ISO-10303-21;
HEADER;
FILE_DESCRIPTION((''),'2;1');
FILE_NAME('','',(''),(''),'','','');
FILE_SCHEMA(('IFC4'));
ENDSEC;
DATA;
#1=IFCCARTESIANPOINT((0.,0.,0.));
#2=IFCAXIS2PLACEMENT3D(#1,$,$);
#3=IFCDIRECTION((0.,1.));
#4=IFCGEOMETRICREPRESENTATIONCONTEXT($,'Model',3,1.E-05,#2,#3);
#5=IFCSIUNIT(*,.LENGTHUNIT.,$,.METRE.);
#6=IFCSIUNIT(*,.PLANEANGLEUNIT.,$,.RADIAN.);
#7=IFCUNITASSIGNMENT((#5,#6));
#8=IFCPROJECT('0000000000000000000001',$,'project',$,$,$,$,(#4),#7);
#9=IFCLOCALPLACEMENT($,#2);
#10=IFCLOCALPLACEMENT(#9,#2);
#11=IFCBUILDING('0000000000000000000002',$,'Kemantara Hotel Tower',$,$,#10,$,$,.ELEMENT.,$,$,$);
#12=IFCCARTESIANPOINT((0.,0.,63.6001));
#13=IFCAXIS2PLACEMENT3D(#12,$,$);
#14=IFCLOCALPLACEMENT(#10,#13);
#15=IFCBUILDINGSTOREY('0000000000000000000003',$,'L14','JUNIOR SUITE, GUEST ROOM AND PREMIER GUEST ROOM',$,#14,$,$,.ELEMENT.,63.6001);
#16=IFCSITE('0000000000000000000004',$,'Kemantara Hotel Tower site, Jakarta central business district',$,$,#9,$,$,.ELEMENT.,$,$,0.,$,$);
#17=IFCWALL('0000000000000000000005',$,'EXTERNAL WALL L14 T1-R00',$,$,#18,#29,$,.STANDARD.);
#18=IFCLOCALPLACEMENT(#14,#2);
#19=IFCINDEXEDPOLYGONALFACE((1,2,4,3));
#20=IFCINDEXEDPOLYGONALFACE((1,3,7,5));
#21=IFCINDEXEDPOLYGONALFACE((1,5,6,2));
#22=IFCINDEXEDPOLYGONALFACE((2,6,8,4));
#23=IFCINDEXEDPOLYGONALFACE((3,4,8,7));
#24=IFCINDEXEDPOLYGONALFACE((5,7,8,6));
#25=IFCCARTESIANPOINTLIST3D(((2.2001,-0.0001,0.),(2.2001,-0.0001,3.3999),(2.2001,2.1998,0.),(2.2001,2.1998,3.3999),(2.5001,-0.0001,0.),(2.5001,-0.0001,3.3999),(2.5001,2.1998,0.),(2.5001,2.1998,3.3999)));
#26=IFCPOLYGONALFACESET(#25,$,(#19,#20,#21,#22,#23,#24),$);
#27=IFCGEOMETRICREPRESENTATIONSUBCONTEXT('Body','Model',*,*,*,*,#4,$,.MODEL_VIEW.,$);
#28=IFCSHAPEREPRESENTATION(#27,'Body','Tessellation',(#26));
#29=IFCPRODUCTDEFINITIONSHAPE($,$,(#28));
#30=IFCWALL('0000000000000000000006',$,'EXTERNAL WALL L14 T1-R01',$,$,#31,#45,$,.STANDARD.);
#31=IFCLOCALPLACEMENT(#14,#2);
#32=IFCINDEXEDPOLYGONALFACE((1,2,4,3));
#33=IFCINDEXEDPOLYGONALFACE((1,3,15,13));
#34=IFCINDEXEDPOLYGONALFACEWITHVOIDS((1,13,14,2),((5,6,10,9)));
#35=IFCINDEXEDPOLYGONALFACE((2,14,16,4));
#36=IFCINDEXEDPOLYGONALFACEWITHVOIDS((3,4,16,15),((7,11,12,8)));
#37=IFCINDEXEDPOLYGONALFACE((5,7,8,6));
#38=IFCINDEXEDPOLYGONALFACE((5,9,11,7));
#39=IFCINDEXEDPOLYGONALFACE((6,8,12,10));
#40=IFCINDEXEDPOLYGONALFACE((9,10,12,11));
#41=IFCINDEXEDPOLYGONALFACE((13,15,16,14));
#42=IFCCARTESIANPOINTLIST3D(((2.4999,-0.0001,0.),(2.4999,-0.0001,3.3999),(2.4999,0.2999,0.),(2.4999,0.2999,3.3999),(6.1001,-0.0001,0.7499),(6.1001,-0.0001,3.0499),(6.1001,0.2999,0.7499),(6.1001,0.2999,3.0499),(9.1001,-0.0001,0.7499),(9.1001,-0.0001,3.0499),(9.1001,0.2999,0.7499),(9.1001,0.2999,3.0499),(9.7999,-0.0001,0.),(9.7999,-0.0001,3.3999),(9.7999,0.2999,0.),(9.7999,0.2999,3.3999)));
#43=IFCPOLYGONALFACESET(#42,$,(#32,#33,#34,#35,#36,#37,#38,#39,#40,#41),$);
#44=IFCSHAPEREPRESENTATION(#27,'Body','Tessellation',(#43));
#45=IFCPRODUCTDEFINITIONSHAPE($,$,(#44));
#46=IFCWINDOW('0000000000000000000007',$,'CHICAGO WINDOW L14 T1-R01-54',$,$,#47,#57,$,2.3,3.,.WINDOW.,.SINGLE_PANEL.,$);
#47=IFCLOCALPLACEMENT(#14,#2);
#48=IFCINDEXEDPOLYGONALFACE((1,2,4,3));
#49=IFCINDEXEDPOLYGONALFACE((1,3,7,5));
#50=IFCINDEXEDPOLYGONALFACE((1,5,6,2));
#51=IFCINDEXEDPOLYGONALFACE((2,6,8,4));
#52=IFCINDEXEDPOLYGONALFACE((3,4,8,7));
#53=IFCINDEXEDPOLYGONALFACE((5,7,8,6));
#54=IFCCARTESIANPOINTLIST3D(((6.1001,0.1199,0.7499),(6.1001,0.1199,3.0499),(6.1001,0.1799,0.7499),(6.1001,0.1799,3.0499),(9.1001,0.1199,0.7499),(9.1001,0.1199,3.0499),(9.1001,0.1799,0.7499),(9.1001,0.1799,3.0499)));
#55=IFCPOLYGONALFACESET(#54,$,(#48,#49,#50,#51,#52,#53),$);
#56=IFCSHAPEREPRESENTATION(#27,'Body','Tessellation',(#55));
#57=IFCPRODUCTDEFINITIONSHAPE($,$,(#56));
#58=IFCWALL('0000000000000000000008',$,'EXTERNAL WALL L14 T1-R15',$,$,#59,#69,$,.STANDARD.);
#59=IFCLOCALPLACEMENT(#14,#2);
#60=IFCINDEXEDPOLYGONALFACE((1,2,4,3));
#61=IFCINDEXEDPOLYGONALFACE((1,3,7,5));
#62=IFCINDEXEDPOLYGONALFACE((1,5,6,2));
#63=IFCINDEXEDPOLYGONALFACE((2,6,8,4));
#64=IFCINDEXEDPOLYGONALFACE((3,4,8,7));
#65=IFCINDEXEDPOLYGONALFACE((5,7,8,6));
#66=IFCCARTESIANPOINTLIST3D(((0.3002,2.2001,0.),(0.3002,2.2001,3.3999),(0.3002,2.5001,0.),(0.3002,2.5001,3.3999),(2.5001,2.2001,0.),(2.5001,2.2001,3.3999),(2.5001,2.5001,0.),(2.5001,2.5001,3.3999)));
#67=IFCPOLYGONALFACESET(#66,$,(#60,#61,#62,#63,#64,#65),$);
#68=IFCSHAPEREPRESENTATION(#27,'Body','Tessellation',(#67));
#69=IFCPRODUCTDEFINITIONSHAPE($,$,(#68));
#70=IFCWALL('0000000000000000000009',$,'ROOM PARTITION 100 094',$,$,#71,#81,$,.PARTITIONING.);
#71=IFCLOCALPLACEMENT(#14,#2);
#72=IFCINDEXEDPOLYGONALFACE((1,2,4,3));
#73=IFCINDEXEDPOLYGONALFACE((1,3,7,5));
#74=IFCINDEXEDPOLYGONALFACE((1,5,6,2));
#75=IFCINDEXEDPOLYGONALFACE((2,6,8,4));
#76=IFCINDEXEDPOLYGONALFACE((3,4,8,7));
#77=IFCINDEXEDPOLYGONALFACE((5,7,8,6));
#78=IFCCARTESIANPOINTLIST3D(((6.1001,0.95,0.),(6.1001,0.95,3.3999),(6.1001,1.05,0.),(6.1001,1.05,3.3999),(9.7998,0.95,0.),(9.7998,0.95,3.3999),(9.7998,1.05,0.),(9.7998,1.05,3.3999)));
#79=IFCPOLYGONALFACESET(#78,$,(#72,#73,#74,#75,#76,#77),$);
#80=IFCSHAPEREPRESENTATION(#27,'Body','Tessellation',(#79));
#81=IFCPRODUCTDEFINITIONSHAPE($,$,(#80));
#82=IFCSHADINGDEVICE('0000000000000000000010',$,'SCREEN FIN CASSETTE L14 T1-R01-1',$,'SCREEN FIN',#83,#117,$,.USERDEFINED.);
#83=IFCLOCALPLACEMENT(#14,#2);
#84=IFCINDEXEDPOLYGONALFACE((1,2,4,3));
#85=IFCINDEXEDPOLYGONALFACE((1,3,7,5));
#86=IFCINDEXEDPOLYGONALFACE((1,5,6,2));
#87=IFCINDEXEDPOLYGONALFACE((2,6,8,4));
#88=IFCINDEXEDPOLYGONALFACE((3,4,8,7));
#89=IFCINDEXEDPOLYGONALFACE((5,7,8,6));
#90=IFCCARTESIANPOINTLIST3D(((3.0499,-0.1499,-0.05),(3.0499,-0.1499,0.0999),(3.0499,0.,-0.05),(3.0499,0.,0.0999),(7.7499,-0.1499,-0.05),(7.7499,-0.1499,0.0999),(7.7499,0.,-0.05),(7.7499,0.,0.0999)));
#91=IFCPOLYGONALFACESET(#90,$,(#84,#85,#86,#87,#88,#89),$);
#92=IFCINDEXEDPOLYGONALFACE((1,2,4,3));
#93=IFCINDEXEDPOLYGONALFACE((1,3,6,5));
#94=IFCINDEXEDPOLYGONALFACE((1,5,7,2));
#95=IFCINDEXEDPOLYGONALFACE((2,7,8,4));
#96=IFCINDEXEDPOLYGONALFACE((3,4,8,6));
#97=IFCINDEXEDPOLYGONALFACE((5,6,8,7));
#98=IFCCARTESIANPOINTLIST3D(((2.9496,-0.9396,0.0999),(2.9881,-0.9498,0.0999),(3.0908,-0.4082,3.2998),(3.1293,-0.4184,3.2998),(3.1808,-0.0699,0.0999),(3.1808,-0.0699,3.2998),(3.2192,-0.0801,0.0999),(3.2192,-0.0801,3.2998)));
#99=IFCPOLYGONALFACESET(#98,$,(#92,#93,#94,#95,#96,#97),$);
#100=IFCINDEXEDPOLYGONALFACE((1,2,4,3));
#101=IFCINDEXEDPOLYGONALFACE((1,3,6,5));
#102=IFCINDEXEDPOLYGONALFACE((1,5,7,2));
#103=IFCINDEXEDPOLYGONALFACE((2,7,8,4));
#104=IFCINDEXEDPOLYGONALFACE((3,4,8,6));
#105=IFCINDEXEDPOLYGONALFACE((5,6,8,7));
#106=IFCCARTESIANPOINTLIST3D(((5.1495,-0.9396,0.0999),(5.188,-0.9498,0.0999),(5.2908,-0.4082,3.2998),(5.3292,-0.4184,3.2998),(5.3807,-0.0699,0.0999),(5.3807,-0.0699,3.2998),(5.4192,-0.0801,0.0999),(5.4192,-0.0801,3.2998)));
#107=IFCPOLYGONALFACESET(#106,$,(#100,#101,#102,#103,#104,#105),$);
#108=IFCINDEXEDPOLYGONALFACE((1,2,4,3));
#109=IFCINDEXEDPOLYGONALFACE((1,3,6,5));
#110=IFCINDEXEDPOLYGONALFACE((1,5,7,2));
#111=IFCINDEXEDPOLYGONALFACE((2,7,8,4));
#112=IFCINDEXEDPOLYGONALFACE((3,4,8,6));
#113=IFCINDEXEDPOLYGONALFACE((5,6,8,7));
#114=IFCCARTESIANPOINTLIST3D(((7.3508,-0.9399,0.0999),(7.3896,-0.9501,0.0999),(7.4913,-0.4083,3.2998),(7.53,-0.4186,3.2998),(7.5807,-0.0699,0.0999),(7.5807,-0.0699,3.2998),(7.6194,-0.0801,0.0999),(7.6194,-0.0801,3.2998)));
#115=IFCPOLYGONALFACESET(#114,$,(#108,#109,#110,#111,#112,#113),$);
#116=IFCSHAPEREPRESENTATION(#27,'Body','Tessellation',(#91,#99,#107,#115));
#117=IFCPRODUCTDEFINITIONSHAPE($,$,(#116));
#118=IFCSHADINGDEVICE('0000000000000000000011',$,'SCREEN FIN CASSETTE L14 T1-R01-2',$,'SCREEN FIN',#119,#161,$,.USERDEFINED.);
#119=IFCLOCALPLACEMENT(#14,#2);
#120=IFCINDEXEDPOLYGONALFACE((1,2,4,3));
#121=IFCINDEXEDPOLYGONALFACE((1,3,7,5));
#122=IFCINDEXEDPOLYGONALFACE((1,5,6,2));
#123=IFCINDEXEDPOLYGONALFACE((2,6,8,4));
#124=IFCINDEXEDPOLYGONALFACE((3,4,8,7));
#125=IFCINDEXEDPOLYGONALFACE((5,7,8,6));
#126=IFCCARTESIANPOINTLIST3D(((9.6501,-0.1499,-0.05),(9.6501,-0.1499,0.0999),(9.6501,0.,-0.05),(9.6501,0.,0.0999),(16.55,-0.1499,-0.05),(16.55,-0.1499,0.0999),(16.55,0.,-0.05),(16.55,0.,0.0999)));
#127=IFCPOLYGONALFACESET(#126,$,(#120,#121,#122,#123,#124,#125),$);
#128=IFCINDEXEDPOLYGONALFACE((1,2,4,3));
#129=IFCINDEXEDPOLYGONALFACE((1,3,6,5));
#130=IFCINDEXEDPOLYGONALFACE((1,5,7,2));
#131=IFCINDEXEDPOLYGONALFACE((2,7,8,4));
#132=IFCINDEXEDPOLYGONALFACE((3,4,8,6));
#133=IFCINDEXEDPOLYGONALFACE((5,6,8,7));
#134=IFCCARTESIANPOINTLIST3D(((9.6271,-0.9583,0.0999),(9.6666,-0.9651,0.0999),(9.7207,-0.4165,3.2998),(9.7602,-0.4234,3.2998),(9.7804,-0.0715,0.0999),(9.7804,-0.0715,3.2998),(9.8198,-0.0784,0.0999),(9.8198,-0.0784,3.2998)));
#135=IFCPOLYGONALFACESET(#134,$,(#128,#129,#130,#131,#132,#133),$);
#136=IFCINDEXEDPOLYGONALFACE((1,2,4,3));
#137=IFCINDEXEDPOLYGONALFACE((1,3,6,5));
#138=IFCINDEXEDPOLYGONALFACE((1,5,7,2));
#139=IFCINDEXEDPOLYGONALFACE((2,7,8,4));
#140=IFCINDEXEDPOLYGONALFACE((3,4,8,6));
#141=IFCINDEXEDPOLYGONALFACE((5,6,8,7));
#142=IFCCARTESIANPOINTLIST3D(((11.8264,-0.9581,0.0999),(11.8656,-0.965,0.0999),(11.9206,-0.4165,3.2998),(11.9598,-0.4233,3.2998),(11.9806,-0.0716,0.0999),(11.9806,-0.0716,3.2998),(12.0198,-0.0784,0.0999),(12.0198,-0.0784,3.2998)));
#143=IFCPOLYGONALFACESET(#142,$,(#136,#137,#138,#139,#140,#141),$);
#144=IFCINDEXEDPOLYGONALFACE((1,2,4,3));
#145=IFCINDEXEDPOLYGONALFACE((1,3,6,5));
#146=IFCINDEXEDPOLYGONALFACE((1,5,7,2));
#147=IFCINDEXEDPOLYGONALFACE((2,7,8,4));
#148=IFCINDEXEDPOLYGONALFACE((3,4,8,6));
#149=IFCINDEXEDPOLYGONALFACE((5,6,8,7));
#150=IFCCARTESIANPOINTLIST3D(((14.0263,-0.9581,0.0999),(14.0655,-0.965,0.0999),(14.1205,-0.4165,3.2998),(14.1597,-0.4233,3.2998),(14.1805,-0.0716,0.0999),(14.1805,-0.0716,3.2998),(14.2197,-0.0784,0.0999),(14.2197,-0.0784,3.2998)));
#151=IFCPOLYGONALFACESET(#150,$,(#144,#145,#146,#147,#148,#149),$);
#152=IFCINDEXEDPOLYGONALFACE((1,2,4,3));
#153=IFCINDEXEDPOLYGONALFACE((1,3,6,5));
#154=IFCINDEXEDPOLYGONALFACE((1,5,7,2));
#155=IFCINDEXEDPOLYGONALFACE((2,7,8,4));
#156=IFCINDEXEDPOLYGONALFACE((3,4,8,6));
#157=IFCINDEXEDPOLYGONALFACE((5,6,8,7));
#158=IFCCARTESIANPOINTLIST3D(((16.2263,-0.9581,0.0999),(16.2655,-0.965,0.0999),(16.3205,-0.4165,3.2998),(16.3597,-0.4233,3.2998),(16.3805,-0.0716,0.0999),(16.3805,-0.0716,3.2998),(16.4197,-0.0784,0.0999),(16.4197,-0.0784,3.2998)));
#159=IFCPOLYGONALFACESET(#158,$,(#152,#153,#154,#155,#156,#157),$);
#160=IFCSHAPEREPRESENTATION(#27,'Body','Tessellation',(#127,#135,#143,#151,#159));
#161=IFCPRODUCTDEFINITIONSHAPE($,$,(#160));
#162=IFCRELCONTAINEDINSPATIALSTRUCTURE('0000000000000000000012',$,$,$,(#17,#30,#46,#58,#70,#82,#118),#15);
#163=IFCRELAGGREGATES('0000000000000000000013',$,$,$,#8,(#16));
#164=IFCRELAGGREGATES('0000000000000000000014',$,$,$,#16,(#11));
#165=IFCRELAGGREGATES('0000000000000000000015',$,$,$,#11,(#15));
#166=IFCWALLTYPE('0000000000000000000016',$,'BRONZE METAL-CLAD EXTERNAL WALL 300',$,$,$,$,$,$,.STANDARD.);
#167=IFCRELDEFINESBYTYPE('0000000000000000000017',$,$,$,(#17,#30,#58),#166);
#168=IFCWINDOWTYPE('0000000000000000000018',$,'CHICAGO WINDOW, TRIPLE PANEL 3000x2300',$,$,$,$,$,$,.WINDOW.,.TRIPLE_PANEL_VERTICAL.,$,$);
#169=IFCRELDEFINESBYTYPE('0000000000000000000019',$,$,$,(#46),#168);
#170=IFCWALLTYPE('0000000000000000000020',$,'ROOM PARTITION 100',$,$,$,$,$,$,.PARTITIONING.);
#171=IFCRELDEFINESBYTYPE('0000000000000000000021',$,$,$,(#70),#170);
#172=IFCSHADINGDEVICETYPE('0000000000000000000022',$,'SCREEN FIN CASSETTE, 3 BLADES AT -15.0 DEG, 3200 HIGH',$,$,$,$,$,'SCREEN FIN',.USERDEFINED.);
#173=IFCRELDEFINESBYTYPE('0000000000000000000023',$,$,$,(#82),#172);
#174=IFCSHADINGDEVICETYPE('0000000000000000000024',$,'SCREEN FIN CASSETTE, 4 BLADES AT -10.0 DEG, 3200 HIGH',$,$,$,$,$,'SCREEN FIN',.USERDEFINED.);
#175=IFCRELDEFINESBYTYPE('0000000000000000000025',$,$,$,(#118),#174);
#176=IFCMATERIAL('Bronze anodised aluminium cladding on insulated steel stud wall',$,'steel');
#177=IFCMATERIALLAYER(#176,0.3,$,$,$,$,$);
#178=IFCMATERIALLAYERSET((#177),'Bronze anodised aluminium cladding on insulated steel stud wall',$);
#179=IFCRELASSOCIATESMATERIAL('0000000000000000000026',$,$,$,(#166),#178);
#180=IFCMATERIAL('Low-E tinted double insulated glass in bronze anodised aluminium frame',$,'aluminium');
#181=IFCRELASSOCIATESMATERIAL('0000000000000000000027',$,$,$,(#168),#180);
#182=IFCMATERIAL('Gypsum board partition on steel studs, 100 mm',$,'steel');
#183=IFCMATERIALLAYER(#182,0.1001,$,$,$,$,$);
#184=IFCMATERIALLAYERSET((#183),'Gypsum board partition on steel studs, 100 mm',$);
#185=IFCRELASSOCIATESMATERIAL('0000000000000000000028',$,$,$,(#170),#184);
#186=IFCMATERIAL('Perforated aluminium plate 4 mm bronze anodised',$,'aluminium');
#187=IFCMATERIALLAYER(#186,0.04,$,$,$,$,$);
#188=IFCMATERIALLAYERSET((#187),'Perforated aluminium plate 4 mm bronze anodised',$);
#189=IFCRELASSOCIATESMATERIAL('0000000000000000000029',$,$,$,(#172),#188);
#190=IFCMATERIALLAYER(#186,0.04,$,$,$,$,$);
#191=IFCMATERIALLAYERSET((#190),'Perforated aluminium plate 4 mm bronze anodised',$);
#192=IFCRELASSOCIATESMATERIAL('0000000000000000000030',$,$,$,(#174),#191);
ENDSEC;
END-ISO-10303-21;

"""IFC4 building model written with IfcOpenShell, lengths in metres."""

from ifc_helpers import new_model, si_unit, direction, frame, frame_2d, origin, origin_2d, place, context, subcontext, project, spatial, polyline, rectangle, outline, extrude, source, transform, mapped, material, layer, layer_set, type_object, element, fill, save


model = new_model("IFC4")

# Units and contexts
model_context = context("Model", 3, precision=1e-05, world=origin(), true_north=direction((0.0, 1.0)))
body_context = subcontext(model_context, "Body", "Model", "MODEL_VIEW")
ifc_project = project(units=[si_unit("LENGTHUNIT", "METRE"), si_unit("PLANEANGLEUNIT", "RADIAN")], contexts=[model_context])

# Site, building, storey
site_placement = place(None, origin())
site = spatial("IfcSite", under=ifc_project, at=site_placement, Name="Kemantara Hotel Tower site, Jakarta central business district", CompositionType="ELEMENT", RefElevation=0.0)
building_placement = place(site_placement, origin())
building = spatial("IfcBuilding", under=site, at=building_placement, Name="Kemantara Hotel Tower", CompositionType="ELEMENT")
storey_placement = place(building_placement, frame((0.0, 0.0, 63.6001)))
storey = spatial("IfcBuildingStorey", under=building, at=storey_placement, Name="L14", Description="JUNIOR SUITE, GUEST ROOM AND PREMIER GUEST ROOM", CompositionType="ELEMENT", Elevation=63.6001)

# Wall
ifc_material_1 = material(Name="Bronze anodised aluminium cladding on insulated steel stud wall", Category="steel")
ifc_layer_1 = layer(ifc_material_1, 0.3)
ifc_layer_set_1 = layer_set([ifc_layer_1], Name="Bronze anodised aluminium cladding on insulated steel stud wall")
wall_type_1 = type_object("IfcWallType", Name="BRONZE METAL-CLAD EXTERNAL WALL 300", PredefinedType="STANDARD", material=ifc_layer_set_1)
wall_1_placement = place(storey_placement, frame((2.3501, 2.2, 0.0), z_axis=(0.0, 0.0, 1.0), x_axis=(0.0, -1.0, 0.0)))
element("IfcWall", 1, at=wall_1_placement, inside=storey, type_object=wall_type_1, Name="EXTERNAL WALL L14 T1-R00", PredefinedType="STANDARD", context=body_context, shape_type="SweptSolid", body=[
    extrude(rectangle(XDim=2.2, YDim=0.3, at=frame_2d((1.1001, 0.0))), origin(), (0.0, 0.0, 1.0), 3.3999),
])

# Wall, opening, window
wall_2_placement = place(storey_placement, frame((2.5, 0.1499, 0.0), z_axis=(0.0, 0.0, 1.0), x_axis=(1.0, 0.0, 0.0)))
wall_2 = element("IfcWall", 2, at=wall_2_placement, inside=storey, type_object=wall_type_1, Name="EXTERNAL WALL L14 T1-R01", PredefinedType="STANDARD", context=body_context, shape_type="SweptSolid", body=[
    extrude(rectangle(XDim=7.3, YDim=0.3, at=frame_2d((3.6499, 0.0))), origin(), (0.0, 0.0, 1.0), 3.3999),
])
opening_placement = place(wall_2_placement, frame((3.6001, 0.0, 0.75)))
opening = element("IfcOpeningElement", 3, at=opening_placement, cuts=wall_2, PredefinedType="OPENING", context=body_context, shape_type="SweptSolid", body=[
    extrude(rectangle(XDim=3.0, YDim=2.3, at=frame_2d((1.5, 1.1499))), frame((0.0, 0.1599, 0.0), z_axis=(0.0, -1.0, 0.0), x_axis=(1.0, 0.0, 0.0)), (0.0, 0.0, 1.0), 0.3201),
])
ifc_material_2 = material(Name="Low-E tinted double insulated glass in bronze anodised aluminium frame", Category="aluminium")
window_type = type_object("IfcWindowType", Name="CHICAGO WINDOW, TRIPLE PANEL 3000x2300", PartitioningType="TRIPLE_PANEL_VERTICAL", PredefinedType="WINDOW", material=ifc_material_2)
window_placement = place(opening_placement, origin())
window = element("IfcWindow", 4, at=window_placement, inside=storey, type_object=window_type, Name="CHICAGO WINDOW L14 T1-R01-54", OverallHeight=2.3, OverallWidth=3.0, PartitioningType="SINGLE_PANEL", PredefinedType="WINDOW", context=body_context, shape_type="SweptSolid", body=[
    extrude(rectangle(XDim=3.0, YDim=2.3, at=frame_2d((1.5, 1.1499))), frame((0.0, 0.03, 0.0), z_axis=(0.0, -1.0, 0.0), x_axis=(1.0, 0.0, 0.0)), (0.0, 0.0, 1.0), 0.0601),
])
fill(opening, window)

# Walls
wall_3_placement = place(storey_placement, frame((0.3, 2.3501, 0.0), z_axis=(0.0, 0.0, 1.0), x_axis=(1.0, 0.0, 0.0)))
element("IfcWall", 5, at=wall_3_placement, inside=storey, type_object=wall_type_1, Name="EXTERNAL WALL L14 T1-R15", PredefinedType="STANDARD", context=body_context, shape_type="SweptSolid", body=[
    extrude(rectangle(XDim=2.2, YDim=0.3, at=frame_2d((1.1001, 0.0))), origin(), (0.0, 0.0, 1.0), 3.3999),
])
ifc_material_3 = material(Name="Gypsum board partition on steel studs, 100 mm", Category="steel")
ifc_layer_2 = layer(ifc_material_3, 0.1001)
ifc_layer_set_2 = layer_set([ifc_layer_2], Name="Gypsum board partition on steel studs, 100 mm")
wall_type_2 = type_object("IfcWallType", Name="ROOM PARTITION 100", PredefinedType="PARTITIONING", material=ifc_layer_set_2)
wall_4_placement = place(storey_placement, frame((6.1001, 1.0, 0.0), z_axis=(0.0, 0.0, 1.0), x_axis=(1.0, 0.0, 0.0)))
element("IfcWall", 6, at=wall_4_placement, inside=storey, type_object=wall_type_2, Name="ROOM PARTITION 100 094", PredefinedType="PARTITIONING", context=body_context, shape_type="SweptSolid", body=[
    extrude(rectangle(XDim=3.6997, YDim=0.1001, at=frame_2d((1.8499, 0.0))), origin(), (0.0, 0.0, 1.0), 3.3999),
])

# Shading devices
ifc_material_4 = material(Name="Perforated aluminium plate 4 mm bronze anodised", Category="aluminium")
ifc_layer_3 = layer(ifc_material_4, 0.04)
ifc_layer_set_3 = layer_set([ifc_layer_3], Name="Perforated aluminium plate 4 mm bronze anodised")
shading_device_type_1 = type_object("IfcShadingDeviceType", Name="SCREEN FIN CASSETTE, 3 BLADES AT -15.0 DEG, 3200 HIGH", ElementType="SCREEN FIN", PredefinedType="USERDEFINED", material=ifc_layer_set_3)
shared_shape_1 = source(origin(), body_context, "Body", "SweptSolid", [
    extrude(rectangle(XDim=4.7, YDim=0.1499, at=origin_2d()), frame((2.2, -0.075, -0.1499), z_axis=(0.0, 0.0, 1.0), x_axis=(1.0, 0.0, 0.0)), (0.0, 0.0, 1.0), 0.1499),
    extrude(outline(polyline([(0.0, 0.0), (0.8999, 0.0), (0.3501, 3.2), (0.0, 3.2), (0.0, 0.0)])), frame((0.0193, -0.0801, 0.0), z_axis=(-0.966438, 0.256901, 0.0), x_axis=(-0.256901, -0.966438, 0.0)), (0.0, 0.0, 1.0), 0.0398),
    extrude(outline(polyline([(0.0, 0.0), (0.8999, 0.0), (0.3501, 3.2), (0.0, 3.2), (0.0, 0.0)])), frame((2.2192, -0.0801, 0.0), z_axis=(-0.966438, 0.256901, 0.0), x_axis=(-0.256901, -0.966438, 0.0)), (0.0, 0.0, 1.0), 0.0398),
    extrude(outline(polyline([(0.0, 0.0), (0.8999, 0.0), (0.3501, 3.2), (0.0, 3.2), (0.0, 0.0)])), frame((4.4194, -0.0801, 0.0), z_axis=(-0.966838, 0.255391, 0.0), x_axis=(-0.255391, -0.966838, 0.0)), (0.0, 0.0, 1.0), 0.04),
])
shading_device_1_placement = place(storey_placement, frame((3.2, 0.0, 0.0999), z_axis=(0.0, 0.0, 1.0), x_axis=(1.0, 0.0, 0.0)))
element("IfcShadingDevice", 7, at=shading_device_1_placement, inside=storey, type_object=shading_device_type_1, Name="SCREEN FIN CASSETTE L14 T1-R01-1", ObjectType="SCREEN FIN", PredefinedType="USERDEFINED", context=body_context, shape_type="MappedRepresentation", body=[
    mapped(shared_shape_1, transform((0.0, 0.0, 0.0))),
])
ifc_layer_4 = layer(ifc_material_4, 0.04)
ifc_layer_set_4 = layer_set([ifc_layer_4], Name="Perforated aluminium plate 4 mm bronze anodised")
shading_device_type_2 = type_object("IfcShadingDeviceType", Name="SCREEN FIN CASSETTE, 4 BLADES AT -10.0 DEG, 3200 HIGH", ElementType="SCREEN FIN", PredefinedType="USERDEFINED", material=ifc_layer_set_4)
shared_shape_2 = source(origin(), body_context, "Body", "SweptSolid", [
    extrude(rectangle(XDim=6.8999, YDim=0.1499, at=origin_2d()), frame((3.3, -0.075, -0.1499), z_axis=(0.0, 0.0, 1.0), x_axis=(1.0, 0.0, 0.0)), (0.0, 0.0, 1.0), 0.1499),
    extrude(outline(polyline([(0.0, 0.0), (0.8999, 0.0), (0.3501, 3.2), (0.0, 3.2), (0.0, 0.0)])), frame((0.0198, -0.0784, 0.0), z_axis=(-0.98539, 0.170314, 0.0), x_axis=(-0.170314, -0.98539, 0.0)), (0.0, 0.0, 1.0), 0.04),
    extrude(outline(polyline([(0.0, 0.0), (0.8999, 0.0), (0.3501, 3.2), (0.0, 3.2), (0.0, 0.0)])), frame((2.2197, -0.0784, 0.0), z_axis=(-0.985212, 0.171341, 0.0), x_axis=(-0.171341, -0.985212, 0.0)), (0.0, 0.0, 1.0), 0.0398),
    extrude(outline(polyline([(0.0, 0.0), (0.8999, 0.0), (0.3501, 3.2), (0.0, 3.2), (0.0, 0.0)])), frame((4.4197, -0.0784, 0.0), z_axis=(-0.985212, 0.171341, 0.0), x_axis=(-0.171341, -0.985212, 0.0)), (0.0, 0.0, 1.0), 0.0398),
    extrude(outline(polyline([(0.0, 0.0), (0.8999, 0.0), (0.3501, 3.2), (0.0, 3.2), (0.0, 0.0)])), frame((6.6196, -0.0784, 0.0), z_axis=(-0.985212, 0.171341, 0.0), x_axis=(-0.171341, -0.985212, 0.0)), (0.0, 0.0, 1.0), 0.0398),
])
shading_device_2_placement = place(storey_placement, frame((9.8, 0.0, 0.0999), z_axis=(0.0, 0.0, 1.0), x_axis=(1.0, 0.0, 0.0)))
element("IfcShadingDevice", 8, at=shading_device_2_placement, inside=storey, type_object=shading_device_type_2, Name="SCREEN FIN CASSETTE L14 T1-R01-2", ObjectType="SCREEN FIN", PredefinedType="USERDEFINED", context=body_context, shape_type="MappedRepresentation", body=[
    mapped(shared_shape_2, transform((0.0, 0.0, 0.0))),
])

save(model, "model.ifc")
